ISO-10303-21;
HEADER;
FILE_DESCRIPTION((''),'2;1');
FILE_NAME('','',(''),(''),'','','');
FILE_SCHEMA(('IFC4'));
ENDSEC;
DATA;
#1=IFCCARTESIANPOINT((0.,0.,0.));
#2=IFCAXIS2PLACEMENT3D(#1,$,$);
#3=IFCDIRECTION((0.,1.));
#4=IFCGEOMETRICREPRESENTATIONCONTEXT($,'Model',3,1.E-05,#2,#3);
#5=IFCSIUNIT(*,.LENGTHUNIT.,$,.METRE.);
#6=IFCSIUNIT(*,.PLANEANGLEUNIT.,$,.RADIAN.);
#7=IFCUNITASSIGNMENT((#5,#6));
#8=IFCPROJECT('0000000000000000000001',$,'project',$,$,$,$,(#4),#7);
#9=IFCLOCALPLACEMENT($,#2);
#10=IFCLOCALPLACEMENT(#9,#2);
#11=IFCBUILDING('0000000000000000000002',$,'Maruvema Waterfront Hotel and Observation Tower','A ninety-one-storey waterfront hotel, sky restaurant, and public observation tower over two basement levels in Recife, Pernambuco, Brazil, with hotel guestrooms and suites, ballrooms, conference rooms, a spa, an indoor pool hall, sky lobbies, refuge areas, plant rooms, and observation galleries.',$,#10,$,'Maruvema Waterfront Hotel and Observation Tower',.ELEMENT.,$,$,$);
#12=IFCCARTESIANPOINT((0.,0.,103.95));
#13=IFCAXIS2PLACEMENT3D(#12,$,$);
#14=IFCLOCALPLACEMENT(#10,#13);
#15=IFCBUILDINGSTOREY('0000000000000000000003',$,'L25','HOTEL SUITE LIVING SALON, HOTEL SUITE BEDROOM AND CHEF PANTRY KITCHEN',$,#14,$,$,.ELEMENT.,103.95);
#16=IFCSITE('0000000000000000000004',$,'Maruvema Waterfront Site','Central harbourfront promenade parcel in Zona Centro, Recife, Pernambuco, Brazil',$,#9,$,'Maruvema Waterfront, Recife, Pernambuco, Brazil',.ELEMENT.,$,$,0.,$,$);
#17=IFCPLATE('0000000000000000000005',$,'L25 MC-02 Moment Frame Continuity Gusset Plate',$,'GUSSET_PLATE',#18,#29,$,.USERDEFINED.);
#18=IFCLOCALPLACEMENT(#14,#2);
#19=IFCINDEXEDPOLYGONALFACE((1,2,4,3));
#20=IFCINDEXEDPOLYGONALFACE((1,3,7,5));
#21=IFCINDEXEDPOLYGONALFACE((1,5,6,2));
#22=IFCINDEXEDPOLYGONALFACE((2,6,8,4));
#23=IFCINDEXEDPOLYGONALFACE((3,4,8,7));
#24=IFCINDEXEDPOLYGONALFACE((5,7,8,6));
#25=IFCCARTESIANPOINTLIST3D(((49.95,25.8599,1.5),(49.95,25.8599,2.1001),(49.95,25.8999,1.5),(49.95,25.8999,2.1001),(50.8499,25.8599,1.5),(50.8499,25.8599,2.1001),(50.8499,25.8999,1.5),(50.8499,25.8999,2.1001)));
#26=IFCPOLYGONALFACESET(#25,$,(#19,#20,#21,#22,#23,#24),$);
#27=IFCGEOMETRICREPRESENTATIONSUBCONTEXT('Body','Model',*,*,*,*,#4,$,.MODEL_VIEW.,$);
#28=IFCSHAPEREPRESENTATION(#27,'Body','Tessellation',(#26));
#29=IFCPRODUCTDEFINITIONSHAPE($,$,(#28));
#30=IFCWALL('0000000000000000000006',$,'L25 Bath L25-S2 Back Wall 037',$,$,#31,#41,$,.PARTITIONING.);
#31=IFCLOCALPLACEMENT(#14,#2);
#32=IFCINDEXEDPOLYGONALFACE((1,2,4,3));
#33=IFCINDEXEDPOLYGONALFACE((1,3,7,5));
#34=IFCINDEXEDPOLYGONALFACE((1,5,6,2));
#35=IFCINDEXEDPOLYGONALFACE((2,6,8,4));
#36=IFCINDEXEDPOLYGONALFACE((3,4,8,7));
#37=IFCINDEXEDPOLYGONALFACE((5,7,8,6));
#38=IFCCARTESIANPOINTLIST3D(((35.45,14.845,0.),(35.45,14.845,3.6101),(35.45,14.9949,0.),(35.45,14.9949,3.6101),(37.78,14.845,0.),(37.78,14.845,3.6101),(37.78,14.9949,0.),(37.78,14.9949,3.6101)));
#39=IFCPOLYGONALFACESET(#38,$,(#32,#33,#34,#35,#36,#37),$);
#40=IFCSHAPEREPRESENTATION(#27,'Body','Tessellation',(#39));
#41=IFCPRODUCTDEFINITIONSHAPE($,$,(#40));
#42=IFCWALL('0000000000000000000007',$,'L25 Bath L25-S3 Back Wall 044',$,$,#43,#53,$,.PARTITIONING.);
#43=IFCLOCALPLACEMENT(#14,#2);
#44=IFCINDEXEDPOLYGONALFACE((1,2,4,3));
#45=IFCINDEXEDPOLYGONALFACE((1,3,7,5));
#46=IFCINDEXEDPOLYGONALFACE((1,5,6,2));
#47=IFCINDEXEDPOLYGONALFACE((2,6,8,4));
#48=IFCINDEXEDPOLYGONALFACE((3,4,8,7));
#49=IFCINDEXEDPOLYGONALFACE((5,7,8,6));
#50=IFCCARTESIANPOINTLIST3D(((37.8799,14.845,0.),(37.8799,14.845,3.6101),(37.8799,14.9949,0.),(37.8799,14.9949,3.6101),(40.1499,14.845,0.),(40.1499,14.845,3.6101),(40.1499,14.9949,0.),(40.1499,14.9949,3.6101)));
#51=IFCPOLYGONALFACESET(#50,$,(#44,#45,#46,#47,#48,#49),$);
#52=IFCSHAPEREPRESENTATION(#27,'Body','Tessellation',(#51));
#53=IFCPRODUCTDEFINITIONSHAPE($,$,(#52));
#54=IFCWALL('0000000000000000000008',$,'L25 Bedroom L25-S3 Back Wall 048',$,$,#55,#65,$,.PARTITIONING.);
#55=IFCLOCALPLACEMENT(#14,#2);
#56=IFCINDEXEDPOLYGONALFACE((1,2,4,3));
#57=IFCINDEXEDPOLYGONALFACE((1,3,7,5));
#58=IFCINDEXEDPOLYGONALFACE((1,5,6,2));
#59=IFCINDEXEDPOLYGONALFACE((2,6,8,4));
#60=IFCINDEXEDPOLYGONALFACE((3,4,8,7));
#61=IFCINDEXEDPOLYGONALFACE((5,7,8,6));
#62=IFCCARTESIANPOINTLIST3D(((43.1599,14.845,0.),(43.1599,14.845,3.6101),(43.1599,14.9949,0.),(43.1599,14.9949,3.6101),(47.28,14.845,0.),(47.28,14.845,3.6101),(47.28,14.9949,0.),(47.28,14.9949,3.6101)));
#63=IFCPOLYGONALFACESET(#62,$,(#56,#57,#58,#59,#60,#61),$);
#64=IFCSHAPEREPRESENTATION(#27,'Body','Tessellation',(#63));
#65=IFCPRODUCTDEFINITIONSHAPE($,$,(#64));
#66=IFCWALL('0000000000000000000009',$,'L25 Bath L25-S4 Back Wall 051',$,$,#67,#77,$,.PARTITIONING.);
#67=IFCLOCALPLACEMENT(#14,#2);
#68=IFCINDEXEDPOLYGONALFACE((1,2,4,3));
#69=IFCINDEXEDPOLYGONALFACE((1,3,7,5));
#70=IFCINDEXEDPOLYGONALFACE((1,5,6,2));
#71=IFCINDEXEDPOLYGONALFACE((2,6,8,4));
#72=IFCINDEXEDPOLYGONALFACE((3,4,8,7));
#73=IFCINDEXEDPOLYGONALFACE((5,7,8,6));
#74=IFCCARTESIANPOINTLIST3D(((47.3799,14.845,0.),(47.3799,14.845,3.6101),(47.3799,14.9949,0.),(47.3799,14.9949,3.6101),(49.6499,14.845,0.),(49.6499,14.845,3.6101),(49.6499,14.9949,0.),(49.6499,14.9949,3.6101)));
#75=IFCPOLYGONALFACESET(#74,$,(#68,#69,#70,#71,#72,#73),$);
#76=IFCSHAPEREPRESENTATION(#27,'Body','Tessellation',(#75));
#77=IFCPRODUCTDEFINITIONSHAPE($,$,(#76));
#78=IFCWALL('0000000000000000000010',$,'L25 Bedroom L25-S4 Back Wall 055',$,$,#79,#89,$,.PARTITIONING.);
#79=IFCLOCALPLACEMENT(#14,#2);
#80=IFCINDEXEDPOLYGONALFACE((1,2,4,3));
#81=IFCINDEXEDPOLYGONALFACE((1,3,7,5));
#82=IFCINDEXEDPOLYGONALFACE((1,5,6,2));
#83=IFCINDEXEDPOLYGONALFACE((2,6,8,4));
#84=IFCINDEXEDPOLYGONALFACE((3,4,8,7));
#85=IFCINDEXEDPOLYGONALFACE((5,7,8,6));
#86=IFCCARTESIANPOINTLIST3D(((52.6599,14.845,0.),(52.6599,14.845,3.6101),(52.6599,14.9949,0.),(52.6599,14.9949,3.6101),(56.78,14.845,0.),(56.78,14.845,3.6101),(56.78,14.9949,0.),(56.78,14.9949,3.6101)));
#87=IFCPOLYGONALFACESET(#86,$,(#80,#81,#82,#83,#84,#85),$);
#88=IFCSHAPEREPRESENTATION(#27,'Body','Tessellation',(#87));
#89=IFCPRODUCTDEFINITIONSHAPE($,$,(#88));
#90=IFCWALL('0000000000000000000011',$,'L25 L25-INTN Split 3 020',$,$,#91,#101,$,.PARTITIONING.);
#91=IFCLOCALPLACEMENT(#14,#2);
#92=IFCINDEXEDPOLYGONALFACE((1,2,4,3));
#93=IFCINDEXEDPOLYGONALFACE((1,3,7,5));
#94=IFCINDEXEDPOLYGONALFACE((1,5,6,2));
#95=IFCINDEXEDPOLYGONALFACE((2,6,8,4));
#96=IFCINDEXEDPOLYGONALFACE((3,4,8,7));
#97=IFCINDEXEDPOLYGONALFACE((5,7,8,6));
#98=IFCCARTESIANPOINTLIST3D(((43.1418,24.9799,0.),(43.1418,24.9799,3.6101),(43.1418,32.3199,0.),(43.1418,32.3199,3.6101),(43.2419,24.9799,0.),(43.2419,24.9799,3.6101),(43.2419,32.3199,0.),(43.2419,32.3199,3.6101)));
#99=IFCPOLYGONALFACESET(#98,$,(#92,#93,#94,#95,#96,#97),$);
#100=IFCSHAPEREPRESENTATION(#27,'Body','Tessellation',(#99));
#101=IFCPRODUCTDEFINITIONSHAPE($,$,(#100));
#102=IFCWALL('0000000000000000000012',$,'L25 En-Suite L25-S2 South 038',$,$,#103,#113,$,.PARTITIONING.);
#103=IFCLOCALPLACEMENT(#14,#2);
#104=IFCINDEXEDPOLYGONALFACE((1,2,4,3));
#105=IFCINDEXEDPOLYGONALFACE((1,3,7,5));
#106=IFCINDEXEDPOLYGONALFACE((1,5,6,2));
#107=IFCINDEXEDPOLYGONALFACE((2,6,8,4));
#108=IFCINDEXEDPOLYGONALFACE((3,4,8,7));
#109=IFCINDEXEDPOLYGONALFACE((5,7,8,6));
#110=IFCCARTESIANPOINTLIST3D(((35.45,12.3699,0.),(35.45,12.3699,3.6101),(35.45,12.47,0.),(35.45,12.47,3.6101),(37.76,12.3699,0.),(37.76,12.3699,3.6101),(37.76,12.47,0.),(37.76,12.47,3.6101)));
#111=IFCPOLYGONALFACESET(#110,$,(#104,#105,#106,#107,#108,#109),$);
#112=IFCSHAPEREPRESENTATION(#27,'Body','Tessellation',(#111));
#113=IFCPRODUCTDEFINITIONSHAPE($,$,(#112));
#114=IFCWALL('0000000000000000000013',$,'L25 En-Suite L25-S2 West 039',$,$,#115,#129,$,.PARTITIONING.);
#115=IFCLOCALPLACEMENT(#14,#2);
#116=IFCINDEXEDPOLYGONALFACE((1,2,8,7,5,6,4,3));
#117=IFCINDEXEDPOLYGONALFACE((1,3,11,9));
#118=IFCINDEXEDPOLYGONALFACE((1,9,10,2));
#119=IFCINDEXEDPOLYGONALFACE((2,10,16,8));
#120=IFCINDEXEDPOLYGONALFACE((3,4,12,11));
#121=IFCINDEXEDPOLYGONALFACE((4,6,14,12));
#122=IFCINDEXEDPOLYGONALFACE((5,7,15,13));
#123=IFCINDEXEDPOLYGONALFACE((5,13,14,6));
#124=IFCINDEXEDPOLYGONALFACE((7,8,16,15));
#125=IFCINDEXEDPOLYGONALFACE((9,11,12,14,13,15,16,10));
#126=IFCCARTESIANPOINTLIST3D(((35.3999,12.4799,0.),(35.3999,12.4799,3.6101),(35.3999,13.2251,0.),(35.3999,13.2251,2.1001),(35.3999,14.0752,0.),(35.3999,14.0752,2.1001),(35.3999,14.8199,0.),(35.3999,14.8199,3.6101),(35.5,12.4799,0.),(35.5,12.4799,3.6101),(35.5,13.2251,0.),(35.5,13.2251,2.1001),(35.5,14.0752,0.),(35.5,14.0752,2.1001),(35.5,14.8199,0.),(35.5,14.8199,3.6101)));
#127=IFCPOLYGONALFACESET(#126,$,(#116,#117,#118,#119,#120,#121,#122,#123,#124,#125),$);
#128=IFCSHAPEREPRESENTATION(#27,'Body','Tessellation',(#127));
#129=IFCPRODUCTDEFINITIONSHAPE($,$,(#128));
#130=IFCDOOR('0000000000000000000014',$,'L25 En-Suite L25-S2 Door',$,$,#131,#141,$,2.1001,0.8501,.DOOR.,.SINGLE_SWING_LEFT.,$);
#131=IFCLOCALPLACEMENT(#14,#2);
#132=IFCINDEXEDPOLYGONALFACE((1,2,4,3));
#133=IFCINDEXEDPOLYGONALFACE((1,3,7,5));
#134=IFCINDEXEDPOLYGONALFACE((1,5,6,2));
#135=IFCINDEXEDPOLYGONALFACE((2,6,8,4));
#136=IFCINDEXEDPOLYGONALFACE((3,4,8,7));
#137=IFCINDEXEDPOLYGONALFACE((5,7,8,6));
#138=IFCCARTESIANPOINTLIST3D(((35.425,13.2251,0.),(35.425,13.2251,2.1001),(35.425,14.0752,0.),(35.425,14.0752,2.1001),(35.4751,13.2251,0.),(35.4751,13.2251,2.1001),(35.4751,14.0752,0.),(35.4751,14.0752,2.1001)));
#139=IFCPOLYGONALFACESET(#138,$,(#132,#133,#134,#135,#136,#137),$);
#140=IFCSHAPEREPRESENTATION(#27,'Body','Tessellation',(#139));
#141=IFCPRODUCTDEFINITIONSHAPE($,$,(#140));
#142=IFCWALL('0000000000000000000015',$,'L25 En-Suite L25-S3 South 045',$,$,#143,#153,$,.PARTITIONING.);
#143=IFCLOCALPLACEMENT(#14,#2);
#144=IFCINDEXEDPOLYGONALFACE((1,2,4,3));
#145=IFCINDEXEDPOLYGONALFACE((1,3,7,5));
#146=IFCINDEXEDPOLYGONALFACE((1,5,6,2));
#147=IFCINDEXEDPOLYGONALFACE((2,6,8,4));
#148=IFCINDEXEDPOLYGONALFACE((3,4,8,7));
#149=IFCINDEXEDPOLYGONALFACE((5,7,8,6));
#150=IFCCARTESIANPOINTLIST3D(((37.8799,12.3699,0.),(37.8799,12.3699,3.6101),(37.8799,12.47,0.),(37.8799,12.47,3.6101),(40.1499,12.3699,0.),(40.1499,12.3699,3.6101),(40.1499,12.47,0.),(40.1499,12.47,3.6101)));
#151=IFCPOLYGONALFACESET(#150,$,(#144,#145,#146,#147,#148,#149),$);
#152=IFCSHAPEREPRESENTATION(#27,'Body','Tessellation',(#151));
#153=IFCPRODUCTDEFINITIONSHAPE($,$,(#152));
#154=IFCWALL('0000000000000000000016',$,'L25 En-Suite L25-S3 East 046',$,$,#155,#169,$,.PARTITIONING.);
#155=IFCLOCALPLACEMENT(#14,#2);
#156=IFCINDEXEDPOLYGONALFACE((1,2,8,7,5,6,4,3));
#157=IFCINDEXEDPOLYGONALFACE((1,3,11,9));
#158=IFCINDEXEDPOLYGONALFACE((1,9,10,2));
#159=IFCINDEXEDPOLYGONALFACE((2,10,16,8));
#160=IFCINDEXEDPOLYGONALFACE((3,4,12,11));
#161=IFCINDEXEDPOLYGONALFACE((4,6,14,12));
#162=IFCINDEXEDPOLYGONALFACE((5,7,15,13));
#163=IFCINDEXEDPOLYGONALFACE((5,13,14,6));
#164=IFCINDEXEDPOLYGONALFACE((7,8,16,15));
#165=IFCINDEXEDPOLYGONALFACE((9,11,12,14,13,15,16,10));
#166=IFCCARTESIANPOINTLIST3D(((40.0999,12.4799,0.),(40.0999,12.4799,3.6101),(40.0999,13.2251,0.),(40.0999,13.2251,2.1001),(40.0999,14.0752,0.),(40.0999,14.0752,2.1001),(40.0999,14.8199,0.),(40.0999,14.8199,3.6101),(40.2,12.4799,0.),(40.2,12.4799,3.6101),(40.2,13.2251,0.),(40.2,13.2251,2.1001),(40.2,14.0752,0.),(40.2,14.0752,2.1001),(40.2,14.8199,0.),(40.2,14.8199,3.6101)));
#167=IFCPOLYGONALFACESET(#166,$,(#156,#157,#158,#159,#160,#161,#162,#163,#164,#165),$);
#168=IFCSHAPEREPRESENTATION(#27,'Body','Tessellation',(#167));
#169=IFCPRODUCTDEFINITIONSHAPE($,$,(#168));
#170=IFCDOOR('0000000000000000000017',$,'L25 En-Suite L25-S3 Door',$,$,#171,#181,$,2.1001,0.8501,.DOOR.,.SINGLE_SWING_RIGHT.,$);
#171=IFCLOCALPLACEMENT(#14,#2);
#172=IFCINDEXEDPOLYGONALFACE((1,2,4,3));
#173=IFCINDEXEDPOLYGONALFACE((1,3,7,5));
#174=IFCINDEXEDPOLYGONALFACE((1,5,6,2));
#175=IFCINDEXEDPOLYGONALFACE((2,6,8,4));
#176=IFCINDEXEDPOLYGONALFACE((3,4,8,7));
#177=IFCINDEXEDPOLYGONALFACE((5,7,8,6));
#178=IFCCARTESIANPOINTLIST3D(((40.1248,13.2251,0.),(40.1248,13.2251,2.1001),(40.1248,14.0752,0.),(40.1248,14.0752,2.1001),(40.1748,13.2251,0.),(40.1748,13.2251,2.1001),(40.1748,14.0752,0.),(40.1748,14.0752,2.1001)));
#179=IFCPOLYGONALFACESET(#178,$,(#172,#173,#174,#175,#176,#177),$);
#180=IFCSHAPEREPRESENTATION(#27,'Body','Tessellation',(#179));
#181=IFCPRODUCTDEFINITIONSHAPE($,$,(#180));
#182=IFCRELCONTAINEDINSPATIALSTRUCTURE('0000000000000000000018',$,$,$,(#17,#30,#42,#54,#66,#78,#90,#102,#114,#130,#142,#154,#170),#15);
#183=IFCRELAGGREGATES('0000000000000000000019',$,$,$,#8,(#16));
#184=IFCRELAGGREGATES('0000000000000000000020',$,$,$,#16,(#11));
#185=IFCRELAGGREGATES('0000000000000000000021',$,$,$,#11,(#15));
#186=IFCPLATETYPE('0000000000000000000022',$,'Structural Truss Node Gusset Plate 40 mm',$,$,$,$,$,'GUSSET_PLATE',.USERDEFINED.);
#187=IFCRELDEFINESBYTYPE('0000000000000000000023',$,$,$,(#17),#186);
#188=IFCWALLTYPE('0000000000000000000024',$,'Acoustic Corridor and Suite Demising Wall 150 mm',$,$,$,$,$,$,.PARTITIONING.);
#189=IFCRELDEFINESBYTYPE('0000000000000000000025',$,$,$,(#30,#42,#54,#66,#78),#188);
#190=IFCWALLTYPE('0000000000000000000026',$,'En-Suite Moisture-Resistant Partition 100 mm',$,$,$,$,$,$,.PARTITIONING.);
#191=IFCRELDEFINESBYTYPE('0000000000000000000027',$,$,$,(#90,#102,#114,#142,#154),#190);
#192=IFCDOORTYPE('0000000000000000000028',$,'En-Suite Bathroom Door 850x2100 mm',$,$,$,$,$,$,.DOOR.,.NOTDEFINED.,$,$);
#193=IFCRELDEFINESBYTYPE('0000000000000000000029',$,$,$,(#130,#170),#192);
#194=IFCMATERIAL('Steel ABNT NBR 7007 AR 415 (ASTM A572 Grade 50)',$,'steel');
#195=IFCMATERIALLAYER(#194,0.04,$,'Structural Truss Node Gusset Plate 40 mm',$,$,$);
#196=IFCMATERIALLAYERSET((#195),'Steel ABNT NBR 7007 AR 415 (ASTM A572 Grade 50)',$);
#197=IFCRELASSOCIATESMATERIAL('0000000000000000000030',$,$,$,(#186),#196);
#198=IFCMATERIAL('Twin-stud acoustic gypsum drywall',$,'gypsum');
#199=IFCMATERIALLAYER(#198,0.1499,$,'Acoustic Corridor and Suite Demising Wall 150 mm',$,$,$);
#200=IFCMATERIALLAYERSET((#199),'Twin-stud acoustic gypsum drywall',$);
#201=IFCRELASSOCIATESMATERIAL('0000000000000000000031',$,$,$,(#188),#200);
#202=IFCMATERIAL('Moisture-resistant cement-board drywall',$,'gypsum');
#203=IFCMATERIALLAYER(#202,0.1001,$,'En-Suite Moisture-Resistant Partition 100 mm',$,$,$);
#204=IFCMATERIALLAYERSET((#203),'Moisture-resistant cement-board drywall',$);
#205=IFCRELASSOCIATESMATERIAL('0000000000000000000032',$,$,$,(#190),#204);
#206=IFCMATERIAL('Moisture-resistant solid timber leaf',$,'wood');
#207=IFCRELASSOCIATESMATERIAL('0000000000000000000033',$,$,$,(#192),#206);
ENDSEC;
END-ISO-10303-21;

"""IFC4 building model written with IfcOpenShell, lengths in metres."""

from ifc_helpers import new_model, si_unit, direction, frame, frame_2d, origin, origin_2d, place, context, subcontext, project, spatial, rectangle, extrude, material, layer, layer_set, type_object, element, fill, save


model = new_model("IFC4")

# Units and contexts
model_context = context("Model", 3, precision=1e-05, world=origin(), true_north=direction((0.0, 1.0)))
body_context = subcontext(model_context, "Body", "Model", "MODEL_VIEW")
ifc_project = project(units=[si_unit("LENGTHUNIT", "METRE"), si_unit("PLANEANGLEUNIT", "RADIAN")], contexts=[model_context])

# Site, building, storey
site_placement = place(None, origin())
site = spatial("IfcSite", under=ifc_project, at=site_placement, Name="Maruvema Waterfront Site", Description="Central harbourfront promenade parcel in Zona Centro, Recife, Pernambuco, Brazil", LongName="Maruvema Waterfront, Recife, Pernambuco, Brazil", CompositionType="ELEMENT", RefElevation=0.0)
building_placement = place(site_placement, origin())
building = spatial("IfcBuilding", under=site, at=building_placement, Name="Maruvema Waterfront Hotel and Observation Tower", Description="A ninety-one-storey waterfront hotel, sky restaurant, and public observation tower over two basement levels in Recife, Pernambuco, Brazil, with hotel guestrooms and suites, ballrooms, conference rooms, a spa, an indoor pool hall, sky lobbies, refuge areas, plant rooms, and observation galleries.", LongName="Maruvema Waterfront Hotel and Observation Tower", CompositionType="ELEMENT")
storey_placement = place(building_placement, frame((0.0, 0.0, 103.95)))
storey = spatial("IfcBuildingStorey", under=building, at=storey_placement, Name="L25", Description="HOTEL SUITE LIVING SALON, HOTEL SUITE BEDROOM AND CHEF PANTRY KITCHEN", CompositionType="ELEMENT", Elevation=103.95)

# Plate
ifc_material_1 = material(Name="Steel ABNT NBR 7007 AR 415 (ASTM A572 Grade 50)", Category="steel")
ifc_layer_1 = layer(ifc_material_1, 0.04, Name="Structural Truss Node Gusset Plate 40 mm")
ifc_layer_set_1 = layer_set([ifc_layer_1], Name="Steel ABNT NBR 7007 AR 415 (ASTM A572 Grade 50)")
plate_type = type_object("IfcPlateType", Name="Structural Truss Node Gusset Plate 40 mm", ElementType="GUSSET_PLATE", PredefinedType="USERDEFINED", material=ifc_layer_set_1)
plate_placement = place(storey_placement, frame((50.3999, 25.8799, 1.5), z_axis=(0.0, 0.0, 1.0), x_axis=(1.0, 0.0, 0.0)))
element("IfcPlate", 1, at=plate_placement, inside=storey, type_object=plate_type, Name="L25 MC-02 Moment Frame Continuity Gusset Plate", ObjectType="GUSSET_PLATE", PredefinedType="USERDEFINED", context=body_context, shape_type="SweptSolid", body=[
    extrude(rectangle(XDim=0.8999, YDim=0.04, at=origin_2d()), origin(), (0.0, 0.0, 1.0), 0.6001),
])

# Walls
ifc_material_2 = material(Name="Twin-stud acoustic gypsum drywall", Category="gypsum")
ifc_layer_2 = layer(ifc_material_2, 0.1499, Name="Acoustic Corridor and Suite Demising Wall 150 mm")
ifc_layer_set_2 = layer_set([ifc_layer_2], Name="Twin-stud acoustic gypsum drywall")
wall_type_1 = type_object("IfcWallType", Name="Acoustic Corridor and Suite Demising Wall 150 mm", PredefinedType="PARTITIONING", material=ifc_layer_set_2)
wall_1_placement = place(storey_placement, frame((35.45, 14.9199, 0.0), z_axis=(0.0, 0.0, 1.0), x_axis=(1.0, 0.0, 0.0)))
element("IfcWall", 2, at=wall_1_placement, inside=storey, type_object=wall_type_1, Name="L25 Bath L25-S2 Back Wall 037", PredefinedType="PARTITIONING", context=body_context, shape_type="SweptSolid", body=[
    extrude(rectangle(XDim=2.3301, YDim=0.1499, at=frame_2d((1.165, 0.0))), origin(), (0.0, 0.0, 1.0), 3.6101),
])
wall_2_placement = place(storey_placement, frame((37.8799, 14.9199, 0.0), z_axis=(0.0, 0.0, 1.0), x_axis=(1.0, 0.0, 0.0)))
element("IfcWall", 3, at=wall_2_placement, inside=storey, type_object=wall_type_1, Name="L25 Bath L25-S3 Back Wall 044", PredefinedType="PARTITIONING", context=body_context, shape_type="SweptSolid", body=[
    extrude(rectangle(XDim=2.27, YDim=0.1499, at=frame_2d((1.135, 0.0))), origin(), (0.0, 0.0, 1.0), 3.6101),
])

# Walls
wall_3_placement = place(storey_placement, frame((43.1599, 14.9199, 0.0), z_axis=(0.0, 0.0, 1.0), x_axis=(1.0, 0.0, 0.0)))
element("IfcWall", 4, at=wall_3_placement, inside=storey, type_object=wall_type_1, Name="L25 Bedroom L25-S3 Back Wall 048", PredefinedType="PARTITIONING", context=body_context, shape_type="SweptSolid", body=[
    extrude(rectangle(XDim=4.1201, YDim=0.1499, at=frame_2d((2.0601, 0.0))), origin(), (0.0, 0.0, 1.0), 3.6101),
])
wall_4_placement = place(storey_placement, frame((47.3799, 14.9199, 0.0), z_axis=(0.0, 0.0, 1.0), x_axis=(1.0, 0.0, 0.0)))
element("IfcWall", 5, at=wall_4_placement, inside=storey, type_object=wall_type_1, Name="L25 Bath L25-S4 Back Wall 051", PredefinedType="PARTITIONING", context=body_context, shape_type="SweptSolid", body=[
    extrude(rectangle(XDim=2.27, YDim=0.1499, at=frame_2d((1.135, 0.0))), origin(), (0.0, 0.0, 1.0), 3.6101),
])

# Walls
wall_5_placement = place(storey_placement, frame((52.6599, 14.9199, 0.0), z_axis=(0.0, 0.0, 1.0), x_axis=(1.0, 0.0, 0.0)))
element("IfcWall", 6, at=wall_5_placement, inside=storey, type_object=wall_type_1, Name="L25 Bedroom L25-S4 Back Wall 055", PredefinedType="PARTITIONING", context=body_context, shape_type="SweptSolid", body=[
    extrude(rectangle(XDim=4.1201, YDim=0.1499, at=frame_2d((2.0601, 0.0))), origin(), (0.0, 0.0, 1.0), 3.6101),
])
ifc_material_3 = material(Name="Moisture-resistant cement-board drywall", Category="gypsum")
ifc_layer_3 = layer(ifc_material_3, 0.1001, Name="En-Suite Moisture-Resistant Partition 100 mm")
ifc_layer_set_3 = layer_set([ifc_layer_3], Name="Moisture-resistant cement-board drywall")
wall_type_2 = type_object("IfcWallType", Name="En-Suite Moisture-Resistant Partition 100 mm", PredefinedType="PARTITIONING", material=ifc_layer_set_3)
wall_6_placement = place(storey_placement, frame((43.1919, 24.98, 0.0), z_axis=(0.0, 0.0, 1.0), x_axis=(0.0, 1.0, 0.0)))
element("IfcWall", 7, at=wall_6_placement, inside=storey, type_object=wall_type_2, Name="L25 L25-INTN Split 3 020", PredefinedType="PARTITIONING", context=body_context, shape_type="SweptSolid", body=[
    extrude(rectangle(XDim=7.3401, YDim=0.1001, at=frame_2d((3.6699, 0.0))), origin(), (0.0, 0.0, 1.0), 3.6101),
])
wall_7_placement = place(storey_placement, frame((35.45, 12.4199, 0.0), z_axis=(0.0, 0.0, 1.0), x_axis=(1.0, 0.0, 0.0)))
element("IfcWall", 8, at=wall_7_placement, inside=storey, type_object=wall_type_2, Name="L25 En-Suite L25-S2 South 038", PredefinedType="PARTITIONING", context=body_context, shape_type="SweptSolid", body=[
    extrude(rectangle(XDim=2.3101, YDim=0.1001, at=frame_2d((1.155, 0.0))), origin(), (0.0, 0.0, 1.0), 3.6101),
])

# Wall, opening, door
wall_8_placement = place(storey_placement, frame((35.45, 12.48, 0.0), z_axis=(0.0, 0.0, 1.0), x_axis=(0.0, 1.0, 0.0)))
wall_8 = element("IfcWall", 9, at=wall_8_placement, inside=storey, type_object=wall_type_2, Name="L25 En-Suite L25-S2 West 039", PredefinedType="PARTITIONING", context=body_context, shape_type="SweptSolid", body=[
    extrude(rectangle(XDim=2.3401, YDim=0.1001, at=frame_2d((1.1699, 0.0))), origin(), (0.0, 0.0, 1.0), 3.6101),
])
opening_1_placement = place(wall_8_placement, frame((0.7451, 0.0, 0.0)))
opening_1 = element("IfcOpeningElement", 10, at=opening_1_placement, cuts=wall_8, PredefinedType="OPENING", context=body_context, shape_type="SweptSolid", body=[
    extrude(rectangle(XDim=0.8501, YDim=2.1001, at=frame_2d((0.425, 1.05))), frame((0.0, 0.0601, 0.0), z_axis=(0.0, -1.0, 0.0), x_axis=(1.0, 0.0, 0.0)), (0.0, 0.0, 1.0), 0.1201),
])
ifc_material_4 = material(Name="Moisture-resistant solid timber leaf", Category="wood")
door_type_1 = type_object("IfcDoorType", Name="En-Suite Bathroom Door 850x2100 mm", OperationType="NOTDEFINED", PredefinedType="DOOR", material=ifc_material_4)
door_1_placement = place(opening_1_placement, origin())
door_1 = element("IfcDoor", 11, at=door_1_placement, inside=storey, type_object=door_type_1, Name="L25 En-Suite L25-S2 Door", OperationType="SINGLE_SWING_LEFT", OverallHeight=2.1001, OverallWidth=0.8501, PredefinedType="DOOR", context=body_context, shape_type="SweptSolid", body=[
    extrude(rectangle(XDim=0.8501, YDim=2.1001, at=frame_2d((0.425, 1.05))), frame((0.0, 0.0249, 0.0), z_axis=(0.0, -1.0, 0.0), x_axis=(1.0, 0.0, 0.0)), (0.0, 0.0, 1.0), 0.05),
])
fill(opening_1, door_1)

# Wall
wall_9_placement = place(storey_placement, frame((37.8799, 12.4199, 0.0), z_axis=(0.0, 0.0, 1.0), x_axis=(1.0, 0.0, 0.0)))
element("IfcWall", 12, at=wall_9_placement, inside=storey, type_object=wall_type_2, Name="L25 En-Suite L25-S3 South 045", PredefinedType="PARTITIONING", context=body_context, shape_type="SweptSolid", body=[
    extrude(rectangle(XDim=2.27, YDim=0.1001, at=frame_2d((1.135, 0.0))), origin(), (0.0, 0.0, 1.0), 3.6101),
])

# Wall, opening, door
wall_10_placement = place(storey_placement, frame((40.1499, 12.48, 0.0), z_axis=(0.0, 0.0, 1.0), x_axis=(0.0, 1.0, 0.0)))
wall_10 = element("IfcWall", 13, at=wall_10_placement, inside=storey, type_object=wall_type_2, Name="L25 En-Suite L25-S3 East 046", PredefinedType="PARTITIONING", context=body_context, shape_type="SweptSolid", body=[
    extrude(rectangle(XDim=2.3401, YDim=0.1001, at=frame_2d((1.1699, 0.0))), origin(), (0.0, 0.0, 1.0), 3.6101),
])
opening_2_placement = place(wall_10_placement, frame((0.7451, 0.0, 0.0)))
opening_2 = element("IfcOpeningElement", 14, at=opening_2_placement, cuts=wall_10, PredefinedType="OPENING", context=body_context, shape_type="SweptSolid", body=[
    extrude(rectangle(XDim=0.8501, YDim=2.1001, at=frame_2d((0.425, 1.05))), frame((0.0, 0.0601, 0.0), z_axis=(0.0, -1.0, 0.0), x_axis=(1.0, 0.0, 0.0)), (0.0, 0.0, 1.0), 0.1201),
])
door_2_placement = place(opening_2_placement, frame((0.8501, 0.0, 0.0), z_axis=(0.0, 0.0, 1.0), x_axis=(-1.0, 0.0, 0.0)))
door_2 = element("IfcDoor", 15, at=door_2_placement, inside=storey, type_object=door_type_1, Name="L25 En-Suite L25-S3 Door", OperationType="SINGLE_SWING_RIGHT", OverallHeight=2.1001, OverallWidth=0.8501, PredefinedType="DOOR", context=body_context, shape_type="SweptSolid", body=[
    extrude(rectangle(XDim=0.8501, YDim=2.1001, at=frame_2d((0.425, 1.05))), frame((0.0, 0.0249, 0.0), z_axis=(0.0, -1.0, 0.0), x_axis=(1.0, 0.0, 0.0)), (0.0, 0.0, 1.0), 0.05),
])
fill(opening_2, door_2)

save(model, "model.ifc")
